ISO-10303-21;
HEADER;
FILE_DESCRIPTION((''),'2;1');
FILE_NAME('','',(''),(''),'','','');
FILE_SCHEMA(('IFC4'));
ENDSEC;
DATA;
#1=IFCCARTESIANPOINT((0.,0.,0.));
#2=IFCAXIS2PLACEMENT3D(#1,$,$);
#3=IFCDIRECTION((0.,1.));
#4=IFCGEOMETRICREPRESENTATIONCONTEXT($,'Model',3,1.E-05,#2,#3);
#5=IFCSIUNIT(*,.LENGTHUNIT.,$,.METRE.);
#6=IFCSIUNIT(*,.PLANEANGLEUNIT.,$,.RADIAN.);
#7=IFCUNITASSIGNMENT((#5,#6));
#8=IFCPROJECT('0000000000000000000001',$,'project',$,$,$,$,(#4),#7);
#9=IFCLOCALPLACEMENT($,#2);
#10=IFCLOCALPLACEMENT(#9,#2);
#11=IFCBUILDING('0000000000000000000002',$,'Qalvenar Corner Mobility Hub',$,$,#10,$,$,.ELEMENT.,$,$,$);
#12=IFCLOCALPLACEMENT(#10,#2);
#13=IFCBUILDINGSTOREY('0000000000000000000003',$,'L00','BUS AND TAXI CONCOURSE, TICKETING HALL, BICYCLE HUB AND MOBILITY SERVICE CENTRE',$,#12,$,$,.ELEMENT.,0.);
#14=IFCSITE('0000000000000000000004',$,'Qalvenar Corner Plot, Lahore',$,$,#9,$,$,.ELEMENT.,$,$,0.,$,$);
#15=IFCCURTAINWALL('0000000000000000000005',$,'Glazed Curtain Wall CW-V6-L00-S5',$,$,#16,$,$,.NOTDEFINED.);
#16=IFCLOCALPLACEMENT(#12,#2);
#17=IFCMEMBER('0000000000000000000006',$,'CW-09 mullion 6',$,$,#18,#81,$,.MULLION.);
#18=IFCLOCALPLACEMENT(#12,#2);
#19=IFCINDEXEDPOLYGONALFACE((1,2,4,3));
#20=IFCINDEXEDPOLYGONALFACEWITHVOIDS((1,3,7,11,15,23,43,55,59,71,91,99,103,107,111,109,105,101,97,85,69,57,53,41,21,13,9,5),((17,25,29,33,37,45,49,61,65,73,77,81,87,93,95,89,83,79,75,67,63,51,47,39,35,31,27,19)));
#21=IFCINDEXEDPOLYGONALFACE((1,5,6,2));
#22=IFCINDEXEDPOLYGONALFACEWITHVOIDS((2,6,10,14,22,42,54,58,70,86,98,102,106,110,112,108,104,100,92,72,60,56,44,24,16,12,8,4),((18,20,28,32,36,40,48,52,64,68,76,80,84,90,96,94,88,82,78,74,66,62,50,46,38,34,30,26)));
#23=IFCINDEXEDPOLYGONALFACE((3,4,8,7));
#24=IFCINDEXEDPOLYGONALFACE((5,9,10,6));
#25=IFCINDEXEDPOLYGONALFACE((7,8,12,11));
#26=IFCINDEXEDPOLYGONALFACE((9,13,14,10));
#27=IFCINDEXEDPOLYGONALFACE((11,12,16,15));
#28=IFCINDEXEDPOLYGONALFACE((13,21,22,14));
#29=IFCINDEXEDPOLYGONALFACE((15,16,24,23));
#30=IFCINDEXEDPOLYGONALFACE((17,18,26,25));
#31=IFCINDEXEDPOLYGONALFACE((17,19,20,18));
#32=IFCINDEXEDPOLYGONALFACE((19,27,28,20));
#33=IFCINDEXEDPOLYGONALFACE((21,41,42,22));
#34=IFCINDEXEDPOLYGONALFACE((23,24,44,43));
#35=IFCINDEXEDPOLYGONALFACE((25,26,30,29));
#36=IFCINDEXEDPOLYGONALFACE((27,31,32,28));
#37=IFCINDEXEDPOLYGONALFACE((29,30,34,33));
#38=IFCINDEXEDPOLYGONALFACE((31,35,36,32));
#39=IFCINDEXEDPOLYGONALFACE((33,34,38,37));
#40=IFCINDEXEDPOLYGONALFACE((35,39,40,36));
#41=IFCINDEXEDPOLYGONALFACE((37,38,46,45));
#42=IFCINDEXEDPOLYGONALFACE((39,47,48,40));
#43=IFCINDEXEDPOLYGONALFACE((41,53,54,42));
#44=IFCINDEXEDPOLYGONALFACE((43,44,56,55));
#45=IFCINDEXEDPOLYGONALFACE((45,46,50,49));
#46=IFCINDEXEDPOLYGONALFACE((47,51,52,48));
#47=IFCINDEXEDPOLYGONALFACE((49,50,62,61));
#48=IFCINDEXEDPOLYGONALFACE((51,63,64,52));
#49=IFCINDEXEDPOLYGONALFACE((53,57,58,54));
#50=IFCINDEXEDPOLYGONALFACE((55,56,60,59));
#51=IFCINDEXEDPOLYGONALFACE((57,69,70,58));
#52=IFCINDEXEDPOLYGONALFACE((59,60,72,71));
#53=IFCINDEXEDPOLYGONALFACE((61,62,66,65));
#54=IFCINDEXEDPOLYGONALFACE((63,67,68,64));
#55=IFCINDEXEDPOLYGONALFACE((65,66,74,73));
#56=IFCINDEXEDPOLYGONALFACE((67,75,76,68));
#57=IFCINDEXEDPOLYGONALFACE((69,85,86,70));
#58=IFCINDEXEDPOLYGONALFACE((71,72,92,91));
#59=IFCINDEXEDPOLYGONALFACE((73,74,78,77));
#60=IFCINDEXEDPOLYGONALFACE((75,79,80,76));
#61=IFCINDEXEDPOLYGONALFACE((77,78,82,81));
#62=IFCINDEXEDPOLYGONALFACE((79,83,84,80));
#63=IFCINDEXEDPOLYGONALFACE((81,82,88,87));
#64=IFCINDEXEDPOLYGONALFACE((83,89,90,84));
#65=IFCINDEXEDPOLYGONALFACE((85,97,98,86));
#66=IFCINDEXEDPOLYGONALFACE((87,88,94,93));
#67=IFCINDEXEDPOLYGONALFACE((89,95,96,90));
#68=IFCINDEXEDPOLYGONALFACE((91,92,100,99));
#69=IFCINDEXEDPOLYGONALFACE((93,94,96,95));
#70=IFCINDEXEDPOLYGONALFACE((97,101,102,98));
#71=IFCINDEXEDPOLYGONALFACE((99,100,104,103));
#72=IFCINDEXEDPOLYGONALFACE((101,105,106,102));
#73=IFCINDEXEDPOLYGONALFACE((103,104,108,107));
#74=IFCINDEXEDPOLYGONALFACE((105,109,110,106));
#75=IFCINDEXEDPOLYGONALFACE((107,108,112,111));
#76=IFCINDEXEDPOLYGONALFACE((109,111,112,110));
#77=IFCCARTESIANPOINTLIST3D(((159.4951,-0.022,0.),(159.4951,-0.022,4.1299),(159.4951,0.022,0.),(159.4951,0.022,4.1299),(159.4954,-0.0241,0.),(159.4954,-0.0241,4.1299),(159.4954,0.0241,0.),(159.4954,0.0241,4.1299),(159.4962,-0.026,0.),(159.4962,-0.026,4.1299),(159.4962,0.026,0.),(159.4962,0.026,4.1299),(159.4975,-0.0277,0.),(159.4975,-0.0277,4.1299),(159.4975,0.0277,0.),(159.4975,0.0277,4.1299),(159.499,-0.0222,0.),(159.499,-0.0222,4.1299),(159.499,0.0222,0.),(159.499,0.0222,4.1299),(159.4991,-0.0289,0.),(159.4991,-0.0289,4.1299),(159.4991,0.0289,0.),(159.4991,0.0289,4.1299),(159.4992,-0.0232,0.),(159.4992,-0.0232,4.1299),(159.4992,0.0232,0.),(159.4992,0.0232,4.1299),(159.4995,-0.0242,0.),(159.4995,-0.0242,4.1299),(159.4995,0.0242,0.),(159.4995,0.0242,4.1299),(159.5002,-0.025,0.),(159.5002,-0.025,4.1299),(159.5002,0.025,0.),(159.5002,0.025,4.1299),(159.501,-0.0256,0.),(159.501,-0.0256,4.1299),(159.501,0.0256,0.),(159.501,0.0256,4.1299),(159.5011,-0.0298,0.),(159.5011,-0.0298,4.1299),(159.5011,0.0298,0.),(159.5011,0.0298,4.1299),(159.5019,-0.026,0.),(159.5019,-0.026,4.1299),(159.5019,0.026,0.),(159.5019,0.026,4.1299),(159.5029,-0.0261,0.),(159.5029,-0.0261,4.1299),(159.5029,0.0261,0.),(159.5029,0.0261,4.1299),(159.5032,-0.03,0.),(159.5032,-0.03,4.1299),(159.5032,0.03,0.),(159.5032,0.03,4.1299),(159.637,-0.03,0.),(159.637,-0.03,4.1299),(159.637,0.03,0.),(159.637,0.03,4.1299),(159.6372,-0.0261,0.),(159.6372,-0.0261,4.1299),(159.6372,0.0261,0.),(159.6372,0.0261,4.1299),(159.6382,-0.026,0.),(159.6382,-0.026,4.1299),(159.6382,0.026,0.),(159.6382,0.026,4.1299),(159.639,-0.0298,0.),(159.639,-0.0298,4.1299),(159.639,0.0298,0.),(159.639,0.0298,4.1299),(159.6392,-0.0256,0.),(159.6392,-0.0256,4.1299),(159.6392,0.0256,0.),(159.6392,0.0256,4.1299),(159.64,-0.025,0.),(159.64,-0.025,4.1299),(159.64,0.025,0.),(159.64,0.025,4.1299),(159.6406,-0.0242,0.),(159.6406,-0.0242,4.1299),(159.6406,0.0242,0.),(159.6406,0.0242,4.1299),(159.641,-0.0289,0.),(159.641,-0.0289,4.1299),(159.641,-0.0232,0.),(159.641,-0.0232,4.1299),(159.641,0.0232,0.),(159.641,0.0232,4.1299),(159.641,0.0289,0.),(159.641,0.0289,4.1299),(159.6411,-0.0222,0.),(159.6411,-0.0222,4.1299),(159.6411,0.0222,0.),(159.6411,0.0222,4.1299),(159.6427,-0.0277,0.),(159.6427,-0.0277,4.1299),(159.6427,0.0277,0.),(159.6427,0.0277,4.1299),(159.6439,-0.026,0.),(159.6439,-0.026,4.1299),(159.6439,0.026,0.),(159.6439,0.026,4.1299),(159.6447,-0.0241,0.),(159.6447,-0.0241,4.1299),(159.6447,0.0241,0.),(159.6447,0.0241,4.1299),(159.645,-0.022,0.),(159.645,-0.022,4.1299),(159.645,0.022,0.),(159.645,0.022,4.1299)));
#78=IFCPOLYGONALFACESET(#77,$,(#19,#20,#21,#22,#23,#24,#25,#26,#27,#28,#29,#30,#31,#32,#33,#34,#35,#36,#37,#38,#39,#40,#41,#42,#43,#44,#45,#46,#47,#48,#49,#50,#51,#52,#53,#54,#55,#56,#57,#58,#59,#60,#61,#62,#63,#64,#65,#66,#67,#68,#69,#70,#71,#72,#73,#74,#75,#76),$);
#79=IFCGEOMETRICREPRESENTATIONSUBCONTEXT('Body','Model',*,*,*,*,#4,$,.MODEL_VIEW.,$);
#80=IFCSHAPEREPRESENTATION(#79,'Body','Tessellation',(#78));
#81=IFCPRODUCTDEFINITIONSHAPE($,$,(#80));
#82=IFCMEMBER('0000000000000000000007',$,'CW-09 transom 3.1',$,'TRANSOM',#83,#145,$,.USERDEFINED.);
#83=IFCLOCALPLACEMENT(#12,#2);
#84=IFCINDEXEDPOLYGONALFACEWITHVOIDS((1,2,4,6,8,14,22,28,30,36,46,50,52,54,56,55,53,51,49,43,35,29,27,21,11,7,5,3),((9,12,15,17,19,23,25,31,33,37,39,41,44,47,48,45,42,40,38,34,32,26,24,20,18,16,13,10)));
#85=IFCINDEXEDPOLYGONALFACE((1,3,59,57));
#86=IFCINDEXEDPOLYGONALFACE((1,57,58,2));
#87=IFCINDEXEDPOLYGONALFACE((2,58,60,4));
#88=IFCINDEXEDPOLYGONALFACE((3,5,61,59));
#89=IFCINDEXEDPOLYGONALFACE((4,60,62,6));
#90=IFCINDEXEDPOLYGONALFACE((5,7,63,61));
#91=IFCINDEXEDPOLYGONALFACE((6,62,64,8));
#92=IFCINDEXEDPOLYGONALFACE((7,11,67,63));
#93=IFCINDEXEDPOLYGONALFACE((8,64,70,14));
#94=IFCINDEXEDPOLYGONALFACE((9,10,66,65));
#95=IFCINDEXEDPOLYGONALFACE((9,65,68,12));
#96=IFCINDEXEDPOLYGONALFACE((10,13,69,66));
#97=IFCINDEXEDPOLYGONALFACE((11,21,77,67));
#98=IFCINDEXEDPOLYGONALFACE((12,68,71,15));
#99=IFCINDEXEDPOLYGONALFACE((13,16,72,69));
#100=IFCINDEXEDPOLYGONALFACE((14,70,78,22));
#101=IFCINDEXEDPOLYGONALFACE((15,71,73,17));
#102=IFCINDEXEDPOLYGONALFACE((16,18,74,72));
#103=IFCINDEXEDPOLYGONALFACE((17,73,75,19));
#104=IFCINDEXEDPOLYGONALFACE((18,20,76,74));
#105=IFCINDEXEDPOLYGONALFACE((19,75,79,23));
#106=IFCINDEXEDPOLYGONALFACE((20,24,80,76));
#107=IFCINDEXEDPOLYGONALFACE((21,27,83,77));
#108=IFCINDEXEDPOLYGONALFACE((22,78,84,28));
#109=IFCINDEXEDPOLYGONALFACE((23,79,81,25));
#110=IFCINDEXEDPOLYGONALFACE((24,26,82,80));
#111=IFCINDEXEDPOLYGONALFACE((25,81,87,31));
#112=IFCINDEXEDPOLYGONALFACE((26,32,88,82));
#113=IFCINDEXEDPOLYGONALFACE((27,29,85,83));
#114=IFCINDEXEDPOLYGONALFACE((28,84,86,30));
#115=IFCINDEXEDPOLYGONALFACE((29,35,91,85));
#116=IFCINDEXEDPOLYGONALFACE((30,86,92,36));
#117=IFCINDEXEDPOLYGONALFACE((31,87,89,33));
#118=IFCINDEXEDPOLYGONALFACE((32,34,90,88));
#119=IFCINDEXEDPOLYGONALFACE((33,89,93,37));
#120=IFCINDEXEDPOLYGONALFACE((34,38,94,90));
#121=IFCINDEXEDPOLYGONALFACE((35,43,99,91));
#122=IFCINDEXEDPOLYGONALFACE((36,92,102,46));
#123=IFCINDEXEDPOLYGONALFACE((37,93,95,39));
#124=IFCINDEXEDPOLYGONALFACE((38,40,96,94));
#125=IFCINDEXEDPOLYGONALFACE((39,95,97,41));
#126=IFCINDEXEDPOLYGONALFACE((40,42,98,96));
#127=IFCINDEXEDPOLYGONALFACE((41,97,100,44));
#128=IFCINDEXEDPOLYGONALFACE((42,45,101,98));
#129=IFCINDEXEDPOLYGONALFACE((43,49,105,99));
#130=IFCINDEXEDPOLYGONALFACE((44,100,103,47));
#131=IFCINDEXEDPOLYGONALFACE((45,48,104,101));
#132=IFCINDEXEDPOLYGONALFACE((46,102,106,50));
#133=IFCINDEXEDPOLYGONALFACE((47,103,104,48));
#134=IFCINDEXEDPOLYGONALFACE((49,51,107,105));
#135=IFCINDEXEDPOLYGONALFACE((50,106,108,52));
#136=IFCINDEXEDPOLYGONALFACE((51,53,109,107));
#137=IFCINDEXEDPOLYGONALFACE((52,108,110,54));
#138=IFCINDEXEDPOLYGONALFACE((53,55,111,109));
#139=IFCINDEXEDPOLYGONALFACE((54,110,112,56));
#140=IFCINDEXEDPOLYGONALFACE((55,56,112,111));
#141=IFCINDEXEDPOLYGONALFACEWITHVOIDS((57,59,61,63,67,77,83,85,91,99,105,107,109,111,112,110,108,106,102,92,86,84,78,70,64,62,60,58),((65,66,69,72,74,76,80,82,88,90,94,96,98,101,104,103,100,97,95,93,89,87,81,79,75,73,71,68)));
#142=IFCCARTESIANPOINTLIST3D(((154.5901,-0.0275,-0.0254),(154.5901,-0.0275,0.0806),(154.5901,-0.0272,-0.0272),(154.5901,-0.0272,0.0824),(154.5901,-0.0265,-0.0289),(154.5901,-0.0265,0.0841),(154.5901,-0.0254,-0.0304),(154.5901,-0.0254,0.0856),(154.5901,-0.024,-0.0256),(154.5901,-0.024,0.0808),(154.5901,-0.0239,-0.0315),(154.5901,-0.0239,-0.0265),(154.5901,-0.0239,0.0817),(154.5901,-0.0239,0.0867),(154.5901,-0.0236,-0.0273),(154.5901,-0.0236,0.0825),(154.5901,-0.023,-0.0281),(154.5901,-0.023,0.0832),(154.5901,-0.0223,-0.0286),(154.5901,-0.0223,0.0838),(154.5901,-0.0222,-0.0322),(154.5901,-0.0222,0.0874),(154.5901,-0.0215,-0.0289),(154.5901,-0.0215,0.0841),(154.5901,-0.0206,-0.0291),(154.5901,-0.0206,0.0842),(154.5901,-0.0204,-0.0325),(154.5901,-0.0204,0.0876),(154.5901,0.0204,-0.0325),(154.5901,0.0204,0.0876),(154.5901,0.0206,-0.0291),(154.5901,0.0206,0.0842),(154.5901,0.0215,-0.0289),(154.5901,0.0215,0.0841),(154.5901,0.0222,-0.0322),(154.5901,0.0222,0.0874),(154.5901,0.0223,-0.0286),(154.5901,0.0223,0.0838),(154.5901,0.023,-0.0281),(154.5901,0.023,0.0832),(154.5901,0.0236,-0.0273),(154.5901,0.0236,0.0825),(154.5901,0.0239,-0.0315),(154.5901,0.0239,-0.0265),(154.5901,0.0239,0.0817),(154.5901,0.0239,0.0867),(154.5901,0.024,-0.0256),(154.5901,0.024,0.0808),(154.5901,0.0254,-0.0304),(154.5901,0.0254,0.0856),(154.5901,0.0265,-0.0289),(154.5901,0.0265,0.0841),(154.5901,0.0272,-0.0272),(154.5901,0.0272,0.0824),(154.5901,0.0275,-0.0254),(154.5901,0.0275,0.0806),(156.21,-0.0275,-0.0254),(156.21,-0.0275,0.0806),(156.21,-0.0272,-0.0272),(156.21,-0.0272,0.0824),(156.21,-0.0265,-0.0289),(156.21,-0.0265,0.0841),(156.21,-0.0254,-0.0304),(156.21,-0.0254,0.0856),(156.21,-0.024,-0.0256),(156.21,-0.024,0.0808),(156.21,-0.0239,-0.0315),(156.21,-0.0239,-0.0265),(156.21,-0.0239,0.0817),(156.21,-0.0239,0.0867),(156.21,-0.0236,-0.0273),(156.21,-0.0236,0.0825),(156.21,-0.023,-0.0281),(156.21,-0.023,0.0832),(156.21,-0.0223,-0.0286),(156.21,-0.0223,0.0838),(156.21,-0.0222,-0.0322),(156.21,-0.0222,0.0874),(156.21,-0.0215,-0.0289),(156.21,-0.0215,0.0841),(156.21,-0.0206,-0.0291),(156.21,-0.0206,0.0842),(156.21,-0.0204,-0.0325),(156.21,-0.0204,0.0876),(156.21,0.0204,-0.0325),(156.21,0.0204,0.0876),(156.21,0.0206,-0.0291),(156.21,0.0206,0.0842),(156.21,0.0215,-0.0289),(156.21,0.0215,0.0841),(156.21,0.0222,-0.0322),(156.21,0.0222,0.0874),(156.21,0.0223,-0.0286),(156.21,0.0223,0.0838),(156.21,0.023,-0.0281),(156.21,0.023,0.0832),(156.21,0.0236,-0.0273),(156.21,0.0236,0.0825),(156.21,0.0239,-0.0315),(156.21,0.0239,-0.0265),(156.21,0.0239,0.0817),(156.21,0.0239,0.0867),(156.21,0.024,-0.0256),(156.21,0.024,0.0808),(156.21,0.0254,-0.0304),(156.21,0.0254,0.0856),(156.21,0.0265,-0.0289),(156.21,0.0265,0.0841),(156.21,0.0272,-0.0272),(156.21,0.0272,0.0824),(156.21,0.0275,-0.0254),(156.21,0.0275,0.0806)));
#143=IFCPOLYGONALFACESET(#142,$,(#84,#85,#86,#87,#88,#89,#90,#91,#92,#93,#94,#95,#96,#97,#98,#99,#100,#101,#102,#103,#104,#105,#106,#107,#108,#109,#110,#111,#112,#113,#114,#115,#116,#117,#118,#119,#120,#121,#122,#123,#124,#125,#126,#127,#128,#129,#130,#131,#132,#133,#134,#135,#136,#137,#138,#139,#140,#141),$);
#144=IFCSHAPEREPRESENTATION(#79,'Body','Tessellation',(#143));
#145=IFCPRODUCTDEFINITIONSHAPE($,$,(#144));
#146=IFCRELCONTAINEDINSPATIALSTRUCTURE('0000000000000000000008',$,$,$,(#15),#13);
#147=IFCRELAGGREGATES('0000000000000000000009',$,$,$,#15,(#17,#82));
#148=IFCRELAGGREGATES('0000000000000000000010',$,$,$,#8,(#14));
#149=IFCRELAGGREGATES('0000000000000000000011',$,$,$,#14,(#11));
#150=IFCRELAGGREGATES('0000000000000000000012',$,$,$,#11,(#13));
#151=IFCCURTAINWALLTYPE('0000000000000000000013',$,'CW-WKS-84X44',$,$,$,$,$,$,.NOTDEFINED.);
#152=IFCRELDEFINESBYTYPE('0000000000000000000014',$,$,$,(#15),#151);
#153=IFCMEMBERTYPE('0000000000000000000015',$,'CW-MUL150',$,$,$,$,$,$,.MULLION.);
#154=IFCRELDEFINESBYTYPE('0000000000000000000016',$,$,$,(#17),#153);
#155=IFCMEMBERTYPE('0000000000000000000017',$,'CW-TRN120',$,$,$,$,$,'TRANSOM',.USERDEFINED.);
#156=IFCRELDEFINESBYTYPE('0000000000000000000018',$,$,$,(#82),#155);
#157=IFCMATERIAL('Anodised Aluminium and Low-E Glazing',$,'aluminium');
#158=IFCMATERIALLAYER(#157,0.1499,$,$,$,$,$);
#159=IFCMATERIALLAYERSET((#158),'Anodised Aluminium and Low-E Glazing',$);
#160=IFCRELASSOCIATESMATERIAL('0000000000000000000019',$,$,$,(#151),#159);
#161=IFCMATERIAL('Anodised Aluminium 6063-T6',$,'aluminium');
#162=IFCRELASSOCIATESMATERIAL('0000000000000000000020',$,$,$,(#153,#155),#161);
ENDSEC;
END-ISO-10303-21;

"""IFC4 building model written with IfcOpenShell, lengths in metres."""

from ifc_helpers import new_model, si_unit, direction, frame, origin, origin_2d, place, context, subcontext, project, spatial, hollow_rectangle, extrude, material, layer, layer_set, material_profile, profile_set, type_object, element, aggregate, save


model = new_model("IFC4")

# Units and contexts
model_context = context("Model", 3, precision=1e-05, world=origin(), true_north=direction((0.0, 1.0)))
body_context = subcontext(model_context, "Body", "Model", "MODEL_VIEW")
ifc_project = project(units=[si_unit("LENGTHUNIT", "METRE"), si_unit("PLANEANGLEUNIT", "RADIAN")], contexts=[model_context])

# Site, building, storey
site_placement = place(None, origin())
site = spatial("IfcSite", under=ifc_project, at=site_placement, Name="Qalvenar Corner Plot, Lahore", CompositionType="ELEMENT", RefElevation=0.0)
building_placement = place(site_placement, origin())
building = spatial("IfcBuilding", under=site, at=building_placement, Name="Qalvenar Corner Mobility Hub", CompositionType="ELEMENT")
storey_placement = place(building_placement, origin())
storey = spatial("IfcBuildingStorey", under=building, at=storey_placement, Name="L00", Description="BUS AND TAXI CONCOURSE, TICKETING HALL, BICYCLE HUB AND MOBILITY SERVICE CENTRE", CompositionType="ELEMENT", Elevation=0.0)

# Curtain wall, members
ifc_material_1 = material(Name="Anodised Aluminium and Low-E Glazing", Category="aluminium")
ifc_layer_1 = layer(ifc_material_1, 0.1499)
ifc_layer_set_1 = layer_set([ifc_layer_1], Name="Anodised Aluminium and Low-E Glazing")
curtain_wall_type = type_object("IfcCurtainWallType", Name="CW-WKS-84X44", PredefinedType="NOTDEFINED", material=ifc_layer_set_1)
curtain_wall_placement = place(storey_placement, origin())
curtain_wall = element("IfcCurtainWall", 1, at=curtain_wall_placement, inside=storey, type_object=curtain_wall_type, Name="Glazed Curtain Wall CW-V6-L00-S5", PredefinedType="NOTDEFINED")
ifc_material_2 = material(Name="Anodised Aluminium 6063-T6", Category="aluminium")
ifc_material_profile_1 = material_profile(ifc_material_2, hollow_rectangle(XDim=0.0601, YDim=0.1499, WallThickness=0.0039, InnerFilletRadius=0.0039, OuterFilletRadius=0.0081, at=origin_2d()), Name="RHS150x60x4")
ifc_profile_set_1 = profile_set([ifc_material_profile_1], Name="Anodised Aluminium 6063-T6")
member_type_1 = type_object("IfcMemberType", Name="CW-MUL150", PredefinedType="MULLION", material=ifc_profile_set_1)
member_1_placement = place(storey_placement, frame((159.5701, 0.0, 0.0), z_axis=(0.0, 0.0, 1.0), x_axis=(0.0, 1.0, 0.0)))
member_1 = element("IfcMember", 2, at=member_1_placement, type_object=member_type_1, Name="CW-09 mullion 6", PredefinedType="MULLION", context=body_context, shape_type="SweptSolid", body=[
    extrude(hollow_rectangle(XDim=0.0601, YDim=0.1499, WallThickness=0.0039, InnerFilletRadius=0.0039, OuterFilletRadius=0.0081, at=origin_2d()), origin(), (0.0, 0.0, 1.0), 4.1299),
])
ifc_material_profile_2 = material_profile(ifc_material_2, hollow_rectangle(XDim=0.0549, YDim=0.1201, WallThickness=0.0034, InnerFilletRadius=0.0034, OuterFilletRadius=0.0071, at=origin_2d()), Name="RHS120x55x3.5")
ifc_profile_set_2 = profile_set([ifc_material_profile_2], Name="Anodised Aluminium 6063-T6")
member_type_2 = type_object("IfcMemberType", Name="CW-TRN120", ElementType="TRANSOM", PredefinedType="USERDEFINED", material=ifc_profile_set_2)
member_2_placement = place(storey_placement, frame((154.5901, 0.0, 0.0276), z_axis=(1.0, 0.0, 0.0), x_axis=(0.0, 1.0, 0.0)))
member_2 = element("IfcMember", 3, at=member_2_placement, type_object=member_type_2, Name="CW-09 transom 3.1", ObjectType="TRANSOM", PredefinedType="USERDEFINED", context=body_context, shape_type="SweptSolid", body=[
    extrude(hollow_rectangle(XDim=0.0549, YDim=0.1201, WallThickness=0.0034, InnerFilletRadius=0.0034, OuterFilletRadius=0.0071, at=origin_2d()), origin(), (0.0, 0.0, 1.0), 1.6199),
])
aggregate(curtain_wall, [member_1, member_2])

save(model, "model.ifc")
